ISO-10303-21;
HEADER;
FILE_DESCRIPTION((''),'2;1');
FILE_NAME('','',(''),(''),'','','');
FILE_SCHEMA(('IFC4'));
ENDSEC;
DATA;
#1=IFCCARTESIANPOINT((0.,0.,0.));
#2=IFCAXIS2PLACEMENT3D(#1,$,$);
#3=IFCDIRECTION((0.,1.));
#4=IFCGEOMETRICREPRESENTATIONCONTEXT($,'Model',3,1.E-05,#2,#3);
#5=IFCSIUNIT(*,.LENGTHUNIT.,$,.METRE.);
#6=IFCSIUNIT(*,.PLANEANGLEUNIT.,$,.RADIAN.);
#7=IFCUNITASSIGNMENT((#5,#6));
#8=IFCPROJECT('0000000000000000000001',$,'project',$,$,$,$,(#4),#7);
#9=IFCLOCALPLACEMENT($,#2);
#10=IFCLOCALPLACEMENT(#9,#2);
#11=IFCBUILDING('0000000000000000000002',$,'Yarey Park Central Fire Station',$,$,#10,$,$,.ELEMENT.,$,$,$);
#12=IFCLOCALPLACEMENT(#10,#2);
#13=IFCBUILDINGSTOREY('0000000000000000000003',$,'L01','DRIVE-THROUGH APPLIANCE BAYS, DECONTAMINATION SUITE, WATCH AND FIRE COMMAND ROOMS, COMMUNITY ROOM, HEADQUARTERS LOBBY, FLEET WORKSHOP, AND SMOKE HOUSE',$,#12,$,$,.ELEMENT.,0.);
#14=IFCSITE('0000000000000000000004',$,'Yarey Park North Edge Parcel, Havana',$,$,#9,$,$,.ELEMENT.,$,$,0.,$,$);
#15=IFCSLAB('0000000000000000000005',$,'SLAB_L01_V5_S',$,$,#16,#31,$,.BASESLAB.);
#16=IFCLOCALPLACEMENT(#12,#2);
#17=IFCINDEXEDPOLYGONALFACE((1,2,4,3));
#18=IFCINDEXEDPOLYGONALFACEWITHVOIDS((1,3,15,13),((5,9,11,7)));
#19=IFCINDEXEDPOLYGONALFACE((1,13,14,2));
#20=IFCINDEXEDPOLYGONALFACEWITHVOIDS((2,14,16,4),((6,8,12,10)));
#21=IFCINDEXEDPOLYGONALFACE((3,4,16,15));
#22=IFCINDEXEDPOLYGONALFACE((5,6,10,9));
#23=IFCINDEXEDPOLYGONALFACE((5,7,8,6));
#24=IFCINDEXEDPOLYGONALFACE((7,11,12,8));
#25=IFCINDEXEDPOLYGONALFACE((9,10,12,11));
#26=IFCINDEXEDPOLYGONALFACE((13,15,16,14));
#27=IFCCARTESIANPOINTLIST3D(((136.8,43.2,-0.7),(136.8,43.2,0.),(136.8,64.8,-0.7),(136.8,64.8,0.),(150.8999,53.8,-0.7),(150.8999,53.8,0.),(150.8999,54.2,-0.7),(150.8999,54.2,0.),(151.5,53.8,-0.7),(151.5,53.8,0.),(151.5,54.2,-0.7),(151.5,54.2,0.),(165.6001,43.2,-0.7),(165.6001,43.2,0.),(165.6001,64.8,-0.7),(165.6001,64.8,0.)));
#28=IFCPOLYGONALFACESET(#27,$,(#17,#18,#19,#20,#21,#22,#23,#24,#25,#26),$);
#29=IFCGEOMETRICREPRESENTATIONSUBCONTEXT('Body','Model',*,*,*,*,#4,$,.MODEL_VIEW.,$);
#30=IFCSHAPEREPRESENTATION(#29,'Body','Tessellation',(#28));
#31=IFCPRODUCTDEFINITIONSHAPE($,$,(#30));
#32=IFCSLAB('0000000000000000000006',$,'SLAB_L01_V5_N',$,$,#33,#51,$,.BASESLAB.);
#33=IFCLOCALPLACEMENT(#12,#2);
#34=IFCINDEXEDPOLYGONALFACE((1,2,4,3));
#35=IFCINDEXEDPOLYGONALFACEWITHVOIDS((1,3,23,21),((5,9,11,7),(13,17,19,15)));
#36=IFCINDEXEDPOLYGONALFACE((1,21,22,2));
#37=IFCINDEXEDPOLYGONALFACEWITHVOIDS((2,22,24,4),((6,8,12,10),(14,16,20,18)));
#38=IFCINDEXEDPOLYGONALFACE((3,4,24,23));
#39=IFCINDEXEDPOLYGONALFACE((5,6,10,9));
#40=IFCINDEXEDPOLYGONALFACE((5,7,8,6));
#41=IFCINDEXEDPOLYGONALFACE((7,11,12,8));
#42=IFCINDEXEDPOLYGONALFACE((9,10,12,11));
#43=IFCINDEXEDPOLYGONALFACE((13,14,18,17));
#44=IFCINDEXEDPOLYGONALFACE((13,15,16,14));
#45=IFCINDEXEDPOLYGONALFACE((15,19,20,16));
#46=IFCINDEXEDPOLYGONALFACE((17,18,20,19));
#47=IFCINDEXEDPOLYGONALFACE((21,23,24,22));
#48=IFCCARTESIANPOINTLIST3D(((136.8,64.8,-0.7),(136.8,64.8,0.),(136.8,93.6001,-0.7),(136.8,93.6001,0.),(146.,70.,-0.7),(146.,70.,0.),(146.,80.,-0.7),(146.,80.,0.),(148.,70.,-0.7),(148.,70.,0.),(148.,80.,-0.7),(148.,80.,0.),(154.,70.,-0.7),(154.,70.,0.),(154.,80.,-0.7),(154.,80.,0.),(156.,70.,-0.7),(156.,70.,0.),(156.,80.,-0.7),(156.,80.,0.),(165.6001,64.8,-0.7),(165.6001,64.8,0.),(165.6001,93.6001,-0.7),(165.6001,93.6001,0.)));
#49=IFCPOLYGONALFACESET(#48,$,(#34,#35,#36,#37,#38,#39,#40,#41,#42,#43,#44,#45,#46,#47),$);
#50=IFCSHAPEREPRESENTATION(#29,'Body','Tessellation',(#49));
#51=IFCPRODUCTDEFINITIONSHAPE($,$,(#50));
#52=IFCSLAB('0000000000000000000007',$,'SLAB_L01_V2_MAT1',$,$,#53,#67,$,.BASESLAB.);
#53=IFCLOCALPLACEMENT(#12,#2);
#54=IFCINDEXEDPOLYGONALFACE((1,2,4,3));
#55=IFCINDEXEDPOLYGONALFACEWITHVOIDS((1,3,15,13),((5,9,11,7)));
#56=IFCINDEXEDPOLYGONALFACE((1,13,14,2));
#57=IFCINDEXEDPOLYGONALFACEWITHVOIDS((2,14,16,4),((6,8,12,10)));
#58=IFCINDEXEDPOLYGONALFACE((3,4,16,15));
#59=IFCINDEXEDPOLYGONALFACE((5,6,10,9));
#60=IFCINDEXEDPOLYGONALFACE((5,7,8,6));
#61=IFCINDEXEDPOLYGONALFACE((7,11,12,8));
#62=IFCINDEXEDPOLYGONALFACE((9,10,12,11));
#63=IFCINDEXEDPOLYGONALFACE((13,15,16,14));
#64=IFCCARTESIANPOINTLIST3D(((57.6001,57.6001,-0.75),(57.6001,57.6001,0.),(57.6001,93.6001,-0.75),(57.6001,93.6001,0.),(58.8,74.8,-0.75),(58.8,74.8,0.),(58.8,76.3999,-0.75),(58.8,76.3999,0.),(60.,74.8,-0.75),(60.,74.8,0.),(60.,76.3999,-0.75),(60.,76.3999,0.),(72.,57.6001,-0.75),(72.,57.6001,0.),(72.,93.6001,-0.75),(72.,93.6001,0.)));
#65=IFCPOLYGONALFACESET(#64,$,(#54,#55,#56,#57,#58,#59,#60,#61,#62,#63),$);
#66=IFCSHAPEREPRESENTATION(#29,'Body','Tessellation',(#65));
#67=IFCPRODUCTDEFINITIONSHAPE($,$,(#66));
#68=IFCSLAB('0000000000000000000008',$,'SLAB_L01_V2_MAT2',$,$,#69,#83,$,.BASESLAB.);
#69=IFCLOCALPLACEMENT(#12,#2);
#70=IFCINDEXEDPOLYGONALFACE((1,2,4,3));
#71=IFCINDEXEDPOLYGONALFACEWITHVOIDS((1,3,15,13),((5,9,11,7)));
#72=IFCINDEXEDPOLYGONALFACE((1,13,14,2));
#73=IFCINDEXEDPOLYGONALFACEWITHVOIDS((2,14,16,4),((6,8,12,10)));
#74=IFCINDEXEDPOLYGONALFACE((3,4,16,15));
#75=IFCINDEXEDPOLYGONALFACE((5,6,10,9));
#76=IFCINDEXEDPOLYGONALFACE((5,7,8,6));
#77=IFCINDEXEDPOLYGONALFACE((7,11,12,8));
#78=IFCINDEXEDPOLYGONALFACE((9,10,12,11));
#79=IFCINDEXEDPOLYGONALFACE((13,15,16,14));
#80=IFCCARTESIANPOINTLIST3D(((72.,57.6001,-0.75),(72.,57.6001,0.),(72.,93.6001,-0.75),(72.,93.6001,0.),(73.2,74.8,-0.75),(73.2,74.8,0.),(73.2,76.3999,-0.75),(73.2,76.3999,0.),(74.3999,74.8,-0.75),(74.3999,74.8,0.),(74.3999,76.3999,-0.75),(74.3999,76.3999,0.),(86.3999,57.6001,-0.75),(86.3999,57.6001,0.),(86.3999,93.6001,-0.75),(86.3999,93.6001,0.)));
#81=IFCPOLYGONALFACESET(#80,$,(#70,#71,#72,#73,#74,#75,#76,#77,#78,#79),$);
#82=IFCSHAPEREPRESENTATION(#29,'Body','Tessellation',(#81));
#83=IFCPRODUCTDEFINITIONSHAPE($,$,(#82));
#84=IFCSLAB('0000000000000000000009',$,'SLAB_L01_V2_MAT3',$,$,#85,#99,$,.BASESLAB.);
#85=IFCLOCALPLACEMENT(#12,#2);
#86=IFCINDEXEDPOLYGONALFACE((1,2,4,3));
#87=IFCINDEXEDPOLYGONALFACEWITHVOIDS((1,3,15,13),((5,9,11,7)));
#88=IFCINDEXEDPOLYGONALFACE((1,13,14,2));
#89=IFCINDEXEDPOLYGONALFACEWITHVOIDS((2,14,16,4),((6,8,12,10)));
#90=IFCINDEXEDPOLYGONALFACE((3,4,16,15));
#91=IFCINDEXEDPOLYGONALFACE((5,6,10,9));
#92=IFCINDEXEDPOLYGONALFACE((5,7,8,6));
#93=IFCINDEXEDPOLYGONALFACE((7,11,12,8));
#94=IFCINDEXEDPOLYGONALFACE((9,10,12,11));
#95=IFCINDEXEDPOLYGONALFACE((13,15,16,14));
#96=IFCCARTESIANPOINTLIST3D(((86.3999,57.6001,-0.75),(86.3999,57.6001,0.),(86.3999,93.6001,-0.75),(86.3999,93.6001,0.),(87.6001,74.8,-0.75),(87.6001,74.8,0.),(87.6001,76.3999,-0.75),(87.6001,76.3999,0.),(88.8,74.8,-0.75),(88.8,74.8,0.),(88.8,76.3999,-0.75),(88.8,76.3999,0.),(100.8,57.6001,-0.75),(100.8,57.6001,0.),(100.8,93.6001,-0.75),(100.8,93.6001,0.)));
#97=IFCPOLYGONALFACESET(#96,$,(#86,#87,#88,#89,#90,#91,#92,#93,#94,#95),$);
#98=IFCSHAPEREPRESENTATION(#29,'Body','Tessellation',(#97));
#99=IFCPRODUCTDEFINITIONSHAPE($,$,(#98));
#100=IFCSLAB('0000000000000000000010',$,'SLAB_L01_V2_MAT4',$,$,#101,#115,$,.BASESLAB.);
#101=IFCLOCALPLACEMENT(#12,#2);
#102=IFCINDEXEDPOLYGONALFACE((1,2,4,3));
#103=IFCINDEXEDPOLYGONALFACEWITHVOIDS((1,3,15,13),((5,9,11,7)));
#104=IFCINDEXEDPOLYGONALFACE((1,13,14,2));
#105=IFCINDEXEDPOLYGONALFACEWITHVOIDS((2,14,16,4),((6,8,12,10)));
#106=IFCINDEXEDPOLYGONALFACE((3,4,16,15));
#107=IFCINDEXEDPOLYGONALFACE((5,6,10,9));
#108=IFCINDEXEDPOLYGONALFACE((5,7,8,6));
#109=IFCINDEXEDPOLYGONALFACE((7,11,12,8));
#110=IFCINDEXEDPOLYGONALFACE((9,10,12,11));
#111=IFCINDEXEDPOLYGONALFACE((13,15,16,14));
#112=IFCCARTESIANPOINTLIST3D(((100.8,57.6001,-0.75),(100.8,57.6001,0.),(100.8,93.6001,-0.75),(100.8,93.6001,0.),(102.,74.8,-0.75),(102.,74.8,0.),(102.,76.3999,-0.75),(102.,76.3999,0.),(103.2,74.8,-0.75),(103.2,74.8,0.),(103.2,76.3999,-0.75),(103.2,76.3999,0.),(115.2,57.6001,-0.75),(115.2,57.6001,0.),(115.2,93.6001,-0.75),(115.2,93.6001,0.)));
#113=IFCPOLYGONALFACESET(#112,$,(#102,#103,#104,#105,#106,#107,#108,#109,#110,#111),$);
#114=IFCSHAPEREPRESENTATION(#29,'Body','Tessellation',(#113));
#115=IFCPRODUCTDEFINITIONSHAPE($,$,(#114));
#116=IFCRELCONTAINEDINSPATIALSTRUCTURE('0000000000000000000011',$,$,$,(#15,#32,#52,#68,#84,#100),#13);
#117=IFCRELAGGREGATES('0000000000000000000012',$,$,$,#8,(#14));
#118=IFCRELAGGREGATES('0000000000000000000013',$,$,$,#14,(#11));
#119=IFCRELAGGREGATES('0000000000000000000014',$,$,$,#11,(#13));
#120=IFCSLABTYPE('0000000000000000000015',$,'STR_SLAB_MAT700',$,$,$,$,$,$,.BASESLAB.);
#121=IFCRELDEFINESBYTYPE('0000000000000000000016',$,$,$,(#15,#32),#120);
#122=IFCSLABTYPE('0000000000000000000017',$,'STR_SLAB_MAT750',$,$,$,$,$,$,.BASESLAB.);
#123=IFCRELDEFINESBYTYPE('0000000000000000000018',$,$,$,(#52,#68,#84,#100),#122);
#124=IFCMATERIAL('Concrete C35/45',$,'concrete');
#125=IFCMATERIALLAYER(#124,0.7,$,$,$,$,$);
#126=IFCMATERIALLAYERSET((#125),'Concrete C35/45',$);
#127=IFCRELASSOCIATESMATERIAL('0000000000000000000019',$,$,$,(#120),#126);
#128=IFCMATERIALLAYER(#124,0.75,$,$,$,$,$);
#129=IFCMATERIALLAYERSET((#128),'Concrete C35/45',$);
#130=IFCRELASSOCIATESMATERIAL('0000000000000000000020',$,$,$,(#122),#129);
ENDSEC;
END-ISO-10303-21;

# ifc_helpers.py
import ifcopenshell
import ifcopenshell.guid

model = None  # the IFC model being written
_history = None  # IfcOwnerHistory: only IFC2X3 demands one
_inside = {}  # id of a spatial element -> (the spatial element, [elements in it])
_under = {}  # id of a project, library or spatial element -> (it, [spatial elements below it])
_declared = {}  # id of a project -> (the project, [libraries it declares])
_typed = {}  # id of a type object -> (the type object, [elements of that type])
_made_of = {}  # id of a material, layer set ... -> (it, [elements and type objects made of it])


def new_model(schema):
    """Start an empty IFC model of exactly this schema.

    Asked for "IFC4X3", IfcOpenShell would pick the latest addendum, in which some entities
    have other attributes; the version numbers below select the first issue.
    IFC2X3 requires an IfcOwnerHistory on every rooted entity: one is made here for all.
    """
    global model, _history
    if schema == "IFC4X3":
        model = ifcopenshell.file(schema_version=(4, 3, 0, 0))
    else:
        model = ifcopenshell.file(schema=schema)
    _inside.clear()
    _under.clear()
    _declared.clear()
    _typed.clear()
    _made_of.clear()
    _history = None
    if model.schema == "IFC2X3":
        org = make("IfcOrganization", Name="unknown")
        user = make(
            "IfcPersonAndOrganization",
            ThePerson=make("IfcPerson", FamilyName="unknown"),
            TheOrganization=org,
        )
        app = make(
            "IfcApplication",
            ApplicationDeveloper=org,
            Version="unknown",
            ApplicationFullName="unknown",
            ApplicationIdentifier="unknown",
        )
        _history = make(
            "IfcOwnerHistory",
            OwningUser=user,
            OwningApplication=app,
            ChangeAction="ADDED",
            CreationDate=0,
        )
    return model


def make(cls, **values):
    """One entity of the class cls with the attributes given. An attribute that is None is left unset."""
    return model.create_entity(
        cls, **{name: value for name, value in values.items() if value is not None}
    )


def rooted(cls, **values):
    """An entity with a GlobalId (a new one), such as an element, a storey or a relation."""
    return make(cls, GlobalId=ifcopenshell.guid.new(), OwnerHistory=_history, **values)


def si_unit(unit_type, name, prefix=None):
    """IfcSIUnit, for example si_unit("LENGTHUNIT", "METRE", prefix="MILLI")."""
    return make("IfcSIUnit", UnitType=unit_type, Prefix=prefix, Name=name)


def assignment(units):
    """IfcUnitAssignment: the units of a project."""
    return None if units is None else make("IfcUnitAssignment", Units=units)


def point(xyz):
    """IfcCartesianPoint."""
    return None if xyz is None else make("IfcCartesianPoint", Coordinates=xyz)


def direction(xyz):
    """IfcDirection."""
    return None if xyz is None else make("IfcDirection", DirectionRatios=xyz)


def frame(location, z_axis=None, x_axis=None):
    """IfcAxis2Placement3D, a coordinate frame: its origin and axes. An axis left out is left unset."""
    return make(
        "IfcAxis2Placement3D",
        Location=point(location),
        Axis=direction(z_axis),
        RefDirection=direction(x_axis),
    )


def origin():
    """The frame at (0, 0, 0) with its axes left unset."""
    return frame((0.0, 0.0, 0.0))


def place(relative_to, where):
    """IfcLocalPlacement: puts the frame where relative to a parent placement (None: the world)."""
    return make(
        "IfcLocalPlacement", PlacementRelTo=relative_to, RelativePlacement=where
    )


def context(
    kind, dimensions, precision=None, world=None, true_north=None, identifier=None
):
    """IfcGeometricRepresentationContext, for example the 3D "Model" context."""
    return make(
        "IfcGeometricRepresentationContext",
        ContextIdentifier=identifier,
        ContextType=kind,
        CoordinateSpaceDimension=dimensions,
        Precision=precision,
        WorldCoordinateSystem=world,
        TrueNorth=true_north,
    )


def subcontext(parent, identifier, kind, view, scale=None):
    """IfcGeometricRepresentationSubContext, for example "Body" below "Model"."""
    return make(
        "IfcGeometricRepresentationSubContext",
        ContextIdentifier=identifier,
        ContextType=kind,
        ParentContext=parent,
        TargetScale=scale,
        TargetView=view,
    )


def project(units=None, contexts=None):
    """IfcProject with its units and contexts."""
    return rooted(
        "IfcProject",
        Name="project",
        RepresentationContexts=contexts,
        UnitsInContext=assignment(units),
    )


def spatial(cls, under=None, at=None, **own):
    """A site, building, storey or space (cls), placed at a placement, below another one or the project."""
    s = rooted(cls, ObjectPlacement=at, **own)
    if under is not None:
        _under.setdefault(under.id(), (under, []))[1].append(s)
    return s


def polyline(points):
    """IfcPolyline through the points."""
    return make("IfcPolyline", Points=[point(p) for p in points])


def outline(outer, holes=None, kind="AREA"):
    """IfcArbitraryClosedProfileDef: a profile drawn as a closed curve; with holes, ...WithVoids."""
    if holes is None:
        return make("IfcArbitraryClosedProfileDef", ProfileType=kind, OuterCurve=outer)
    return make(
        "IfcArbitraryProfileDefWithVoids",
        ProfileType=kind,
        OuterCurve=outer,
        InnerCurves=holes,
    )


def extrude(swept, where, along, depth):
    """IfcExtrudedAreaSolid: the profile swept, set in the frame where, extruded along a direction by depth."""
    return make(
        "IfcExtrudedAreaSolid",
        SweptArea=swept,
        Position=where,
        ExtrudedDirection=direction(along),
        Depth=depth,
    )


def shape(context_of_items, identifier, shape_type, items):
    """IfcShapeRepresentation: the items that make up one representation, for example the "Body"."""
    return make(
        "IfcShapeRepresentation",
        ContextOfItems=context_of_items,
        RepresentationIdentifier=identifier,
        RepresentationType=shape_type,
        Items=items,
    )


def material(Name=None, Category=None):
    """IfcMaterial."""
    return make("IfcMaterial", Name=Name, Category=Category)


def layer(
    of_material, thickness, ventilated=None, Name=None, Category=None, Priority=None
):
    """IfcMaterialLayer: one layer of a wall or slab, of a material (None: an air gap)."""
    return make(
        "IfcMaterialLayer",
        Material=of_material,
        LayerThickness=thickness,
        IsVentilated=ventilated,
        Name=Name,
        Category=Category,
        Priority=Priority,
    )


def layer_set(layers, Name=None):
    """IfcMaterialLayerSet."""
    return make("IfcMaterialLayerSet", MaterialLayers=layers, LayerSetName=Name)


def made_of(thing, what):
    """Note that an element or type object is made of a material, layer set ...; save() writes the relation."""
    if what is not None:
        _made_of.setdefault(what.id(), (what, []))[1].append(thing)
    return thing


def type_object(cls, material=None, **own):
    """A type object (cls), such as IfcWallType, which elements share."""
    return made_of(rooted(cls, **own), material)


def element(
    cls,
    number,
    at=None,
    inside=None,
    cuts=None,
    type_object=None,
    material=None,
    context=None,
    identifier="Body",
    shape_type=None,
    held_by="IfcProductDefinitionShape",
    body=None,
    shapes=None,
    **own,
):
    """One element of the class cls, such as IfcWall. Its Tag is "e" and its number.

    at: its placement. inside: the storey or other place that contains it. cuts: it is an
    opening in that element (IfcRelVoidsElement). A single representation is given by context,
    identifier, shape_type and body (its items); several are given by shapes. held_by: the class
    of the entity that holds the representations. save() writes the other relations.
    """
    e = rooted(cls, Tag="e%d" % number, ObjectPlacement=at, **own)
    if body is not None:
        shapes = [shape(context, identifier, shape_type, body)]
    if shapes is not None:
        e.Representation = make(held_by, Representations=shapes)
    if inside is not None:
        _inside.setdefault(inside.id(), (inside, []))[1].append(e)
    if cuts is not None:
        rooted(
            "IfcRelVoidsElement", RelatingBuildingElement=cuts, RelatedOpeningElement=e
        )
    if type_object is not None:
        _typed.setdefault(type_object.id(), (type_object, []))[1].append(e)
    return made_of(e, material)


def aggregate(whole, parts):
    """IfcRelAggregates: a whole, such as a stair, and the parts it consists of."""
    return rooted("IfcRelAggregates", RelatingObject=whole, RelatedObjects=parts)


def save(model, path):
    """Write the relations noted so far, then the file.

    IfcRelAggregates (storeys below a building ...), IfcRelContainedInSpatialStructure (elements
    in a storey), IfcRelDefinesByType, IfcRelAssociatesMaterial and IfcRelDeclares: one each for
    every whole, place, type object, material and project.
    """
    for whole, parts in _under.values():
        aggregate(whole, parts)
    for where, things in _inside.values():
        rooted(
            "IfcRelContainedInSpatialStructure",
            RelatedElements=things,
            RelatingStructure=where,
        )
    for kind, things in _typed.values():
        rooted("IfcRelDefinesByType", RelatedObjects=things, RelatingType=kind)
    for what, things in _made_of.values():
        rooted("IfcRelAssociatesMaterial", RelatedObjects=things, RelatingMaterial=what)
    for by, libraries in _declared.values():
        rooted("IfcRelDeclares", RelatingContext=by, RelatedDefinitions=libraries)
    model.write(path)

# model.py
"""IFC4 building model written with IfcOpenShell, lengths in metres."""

from ifc_helpers import new_model, si_unit, direction, frame, origin, place, context, subcontext, project, spatial, polyline, outline, extrude, material, layer, layer_set, type_object, element, save


model = new_model("IFC4")

# Units and contexts
model_context = context("Model", 3, precision=1e-05, world=origin(), true_north=direction((0.0, 1.0)))
body_context = subcontext(model_context, "Body", "Model", "MODEL_VIEW")
ifc_project = project(units=[si_unit("LENGTHUNIT", "METRE"), si_unit("PLANEANGLEUNIT", "RADIAN")], contexts=[model_context])

# Site, building, storey
site_placement = place(None, origin())
site = spatial("IfcSite", under=ifc_project, at=site_placement, Name="Yarey Park North Edge Parcel, Havana", CompositionType="ELEMENT", RefElevation=0.0)
building_placement = place(site_placement, origin())
building = spatial("IfcBuilding", under=site, at=building_placement, Name="Yarey Park Central Fire Station", CompositionType="ELEMENT")
storey_placement = place(building_placement, origin())
storey = spatial("IfcBuildingStorey", under=building, at=storey_placement, Name="L01", Description="DRIVE-THROUGH APPLIANCE BAYS, DECONTAMINATION SUITE, WATCH AND FIRE COMMAND ROOMS, COMMUNITY ROOM, HEADQUARTERS LOBBY, FLEET WORKSHOP, AND SMOKE HOUSE", CompositionType="ELEMENT", Elevation=0.0)

# Slabs
ifc_material = material(Name="Concrete C35/45", Category="concrete")
ifc_layer_1 = layer(ifc_material, 0.7)
ifc_layer_set_1 = layer_set([ifc_layer_1], Name="Concrete C35/45")
slab_type_1 = type_object("IfcSlabType", Name="STR_SLAB_MAT700", PredefinedType="BASESLAB", material=ifc_layer_set_1)
slab_1_placement = place(storey_placement, frame((0.0, 0.0, -0.7)))
element("IfcSlab", 1, at=slab_1_placement, inside=storey, type_object=slab_type_1, Name="SLAB_L01_V5_S", PredefinedType="BASESLAB", context=body_context, shape_type="SweptSolid", body=[
    extrude(outline(polyline([(136.8, 43.2), (165.6001, 43.2), (165.6001, 64.8), (136.8, 64.8), (136.8, 43.2)]), holes=[polyline([(150.8999, 53.8), (151.5, 53.8), (151.5, 54.2), (150.8999, 54.2), (150.8999, 53.8)])]), origin(), (0.0, 0.0, 1.0), 0.7),
])
slab_2_placement = place(storey_placement, frame((0.0, 0.0, -0.7)))
element("IfcSlab", 2, at=slab_2_placement, inside=storey, type_object=slab_type_1, Name="SLAB_L01_V5_N", PredefinedType="BASESLAB", context=body_context, shape_type="SweptSolid", body=[
    extrude(outline(polyline([(136.8, 64.8), (165.6001, 64.8), (165.6001, 93.6001), (136.8, 93.6001), (136.8, 64.8)]), holes=[polyline([(146.0, 70.0), (148.0, 70.0), (148.0, 80.0), (146.0, 80.0), (146.0, 70.0)]), polyline([(154.0, 70.0), (156.0, 70.0), (156.0, 80.0), (154.0, 80.0), (154.0, 70.0)])]), origin(), (0.0, 0.0, 1.0), 0.7),
])
ifc_layer_2 = layer(ifc_material, 0.75)
ifc_layer_set_2 = layer_set([ifc_layer_2], Name="Concrete C35/45")
slab_type_2 = type_object("IfcSlabType", Name="STR_SLAB_MAT750", PredefinedType="BASESLAB", material=ifc_layer_set_2)
slab_3_placement = place(storey_placement, frame((0.0, 0.0, -0.75)))
element("IfcSlab", 3, at=slab_3_placement, inside=storey, type_object=slab_type_2, Name="SLAB_L01_V2_MAT1", PredefinedType="BASESLAB", context=body_context, shape_type="SweptSolid", body=[
    extrude(outline(polyline([(57.6001, 57.6001), (72.0, 57.6001), (72.0, 93.6001), (57.6001, 93.6001), (57.6001, 57.6001)]), holes=[polyline([(58.8, 74.8), (60.0, 74.8), (60.0, 76.3999), (58.8, 76.3999), (58.8, 74.8)])]), origin(), (0.0, 0.0, 1.0), 0.75),
])
slab_4_placement = place(storey_placement, frame((0.0, 0.0, -0.75)))
element("IfcSlab", 4, at=slab_4_placement, inside=storey, type_object=slab_type_2, Name="SLAB_L01_V2_MAT2", PredefinedType="BASESLAB", context=body_context, shape_type="SweptSolid", body=[
    extrude(outline(polyline([(72.0, 57.6001), (86.3999, 57.6001), (86.3999, 93.6001), (72.0, 93.6001), (72.0, 57.6001)]), holes=[polyline([(73.2, 74.8), (74.3999, 74.8), (74.3999, 76.3999), (73.2, 76.3999), (73.2, 74.8)])]), origin(), (0.0, 0.0, 1.0), 0.75),
])
slab_5_placement = place(storey_placement, frame((0.0, 0.0, -0.75)))
element("IfcSlab", 5, at=slab_5_placement, inside=storey, type_object=slab_type_2, Name="SLAB_L01_V2_MAT3", PredefinedType="BASESLAB", context=body_context, shape_type="SweptSolid", body=[
    extrude(outline(polyline([(86.3999, 57.6001), (100.8, 57.6001), (100.8, 93.6001), (86.3999, 93.6001), (86.3999, 57.6001)]), holes=[polyline([(87.6001, 74.8), (88.8, 74.8), (88.8, 76.3999), (87.6001, 76.3999), (87.6001, 74.8)])]), origin(), (0.0, 0.0, 1.0), 0.75),
])
slab_6_placement = place(storey_placement, frame((0.0, 0.0, -0.75)))
element("IfcSlab", 6, at=slab_6_placement, inside=storey, type_object=slab_type_2, Name="SLAB_L01_V2_MAT4", PredefinedType="BASESLAB", context=body_context, shape_type="SweptSolid", body=[
    extrude(outline(polyline([(100.8, 57.6001), (115.2, 57.6001), (115.2, 93.6001), (100.8, 93.6001), (100.8, 57.6001)]), holes=[polyline([(102.0, 74.8), (103.2, 74.8), (103.2, 76.3999), (102.0, 76.3999), (102.0, 74.8)])]), origin(), (0.0, 0.0, 1.0), 0.75),
])

save(model, "model.ifc")
